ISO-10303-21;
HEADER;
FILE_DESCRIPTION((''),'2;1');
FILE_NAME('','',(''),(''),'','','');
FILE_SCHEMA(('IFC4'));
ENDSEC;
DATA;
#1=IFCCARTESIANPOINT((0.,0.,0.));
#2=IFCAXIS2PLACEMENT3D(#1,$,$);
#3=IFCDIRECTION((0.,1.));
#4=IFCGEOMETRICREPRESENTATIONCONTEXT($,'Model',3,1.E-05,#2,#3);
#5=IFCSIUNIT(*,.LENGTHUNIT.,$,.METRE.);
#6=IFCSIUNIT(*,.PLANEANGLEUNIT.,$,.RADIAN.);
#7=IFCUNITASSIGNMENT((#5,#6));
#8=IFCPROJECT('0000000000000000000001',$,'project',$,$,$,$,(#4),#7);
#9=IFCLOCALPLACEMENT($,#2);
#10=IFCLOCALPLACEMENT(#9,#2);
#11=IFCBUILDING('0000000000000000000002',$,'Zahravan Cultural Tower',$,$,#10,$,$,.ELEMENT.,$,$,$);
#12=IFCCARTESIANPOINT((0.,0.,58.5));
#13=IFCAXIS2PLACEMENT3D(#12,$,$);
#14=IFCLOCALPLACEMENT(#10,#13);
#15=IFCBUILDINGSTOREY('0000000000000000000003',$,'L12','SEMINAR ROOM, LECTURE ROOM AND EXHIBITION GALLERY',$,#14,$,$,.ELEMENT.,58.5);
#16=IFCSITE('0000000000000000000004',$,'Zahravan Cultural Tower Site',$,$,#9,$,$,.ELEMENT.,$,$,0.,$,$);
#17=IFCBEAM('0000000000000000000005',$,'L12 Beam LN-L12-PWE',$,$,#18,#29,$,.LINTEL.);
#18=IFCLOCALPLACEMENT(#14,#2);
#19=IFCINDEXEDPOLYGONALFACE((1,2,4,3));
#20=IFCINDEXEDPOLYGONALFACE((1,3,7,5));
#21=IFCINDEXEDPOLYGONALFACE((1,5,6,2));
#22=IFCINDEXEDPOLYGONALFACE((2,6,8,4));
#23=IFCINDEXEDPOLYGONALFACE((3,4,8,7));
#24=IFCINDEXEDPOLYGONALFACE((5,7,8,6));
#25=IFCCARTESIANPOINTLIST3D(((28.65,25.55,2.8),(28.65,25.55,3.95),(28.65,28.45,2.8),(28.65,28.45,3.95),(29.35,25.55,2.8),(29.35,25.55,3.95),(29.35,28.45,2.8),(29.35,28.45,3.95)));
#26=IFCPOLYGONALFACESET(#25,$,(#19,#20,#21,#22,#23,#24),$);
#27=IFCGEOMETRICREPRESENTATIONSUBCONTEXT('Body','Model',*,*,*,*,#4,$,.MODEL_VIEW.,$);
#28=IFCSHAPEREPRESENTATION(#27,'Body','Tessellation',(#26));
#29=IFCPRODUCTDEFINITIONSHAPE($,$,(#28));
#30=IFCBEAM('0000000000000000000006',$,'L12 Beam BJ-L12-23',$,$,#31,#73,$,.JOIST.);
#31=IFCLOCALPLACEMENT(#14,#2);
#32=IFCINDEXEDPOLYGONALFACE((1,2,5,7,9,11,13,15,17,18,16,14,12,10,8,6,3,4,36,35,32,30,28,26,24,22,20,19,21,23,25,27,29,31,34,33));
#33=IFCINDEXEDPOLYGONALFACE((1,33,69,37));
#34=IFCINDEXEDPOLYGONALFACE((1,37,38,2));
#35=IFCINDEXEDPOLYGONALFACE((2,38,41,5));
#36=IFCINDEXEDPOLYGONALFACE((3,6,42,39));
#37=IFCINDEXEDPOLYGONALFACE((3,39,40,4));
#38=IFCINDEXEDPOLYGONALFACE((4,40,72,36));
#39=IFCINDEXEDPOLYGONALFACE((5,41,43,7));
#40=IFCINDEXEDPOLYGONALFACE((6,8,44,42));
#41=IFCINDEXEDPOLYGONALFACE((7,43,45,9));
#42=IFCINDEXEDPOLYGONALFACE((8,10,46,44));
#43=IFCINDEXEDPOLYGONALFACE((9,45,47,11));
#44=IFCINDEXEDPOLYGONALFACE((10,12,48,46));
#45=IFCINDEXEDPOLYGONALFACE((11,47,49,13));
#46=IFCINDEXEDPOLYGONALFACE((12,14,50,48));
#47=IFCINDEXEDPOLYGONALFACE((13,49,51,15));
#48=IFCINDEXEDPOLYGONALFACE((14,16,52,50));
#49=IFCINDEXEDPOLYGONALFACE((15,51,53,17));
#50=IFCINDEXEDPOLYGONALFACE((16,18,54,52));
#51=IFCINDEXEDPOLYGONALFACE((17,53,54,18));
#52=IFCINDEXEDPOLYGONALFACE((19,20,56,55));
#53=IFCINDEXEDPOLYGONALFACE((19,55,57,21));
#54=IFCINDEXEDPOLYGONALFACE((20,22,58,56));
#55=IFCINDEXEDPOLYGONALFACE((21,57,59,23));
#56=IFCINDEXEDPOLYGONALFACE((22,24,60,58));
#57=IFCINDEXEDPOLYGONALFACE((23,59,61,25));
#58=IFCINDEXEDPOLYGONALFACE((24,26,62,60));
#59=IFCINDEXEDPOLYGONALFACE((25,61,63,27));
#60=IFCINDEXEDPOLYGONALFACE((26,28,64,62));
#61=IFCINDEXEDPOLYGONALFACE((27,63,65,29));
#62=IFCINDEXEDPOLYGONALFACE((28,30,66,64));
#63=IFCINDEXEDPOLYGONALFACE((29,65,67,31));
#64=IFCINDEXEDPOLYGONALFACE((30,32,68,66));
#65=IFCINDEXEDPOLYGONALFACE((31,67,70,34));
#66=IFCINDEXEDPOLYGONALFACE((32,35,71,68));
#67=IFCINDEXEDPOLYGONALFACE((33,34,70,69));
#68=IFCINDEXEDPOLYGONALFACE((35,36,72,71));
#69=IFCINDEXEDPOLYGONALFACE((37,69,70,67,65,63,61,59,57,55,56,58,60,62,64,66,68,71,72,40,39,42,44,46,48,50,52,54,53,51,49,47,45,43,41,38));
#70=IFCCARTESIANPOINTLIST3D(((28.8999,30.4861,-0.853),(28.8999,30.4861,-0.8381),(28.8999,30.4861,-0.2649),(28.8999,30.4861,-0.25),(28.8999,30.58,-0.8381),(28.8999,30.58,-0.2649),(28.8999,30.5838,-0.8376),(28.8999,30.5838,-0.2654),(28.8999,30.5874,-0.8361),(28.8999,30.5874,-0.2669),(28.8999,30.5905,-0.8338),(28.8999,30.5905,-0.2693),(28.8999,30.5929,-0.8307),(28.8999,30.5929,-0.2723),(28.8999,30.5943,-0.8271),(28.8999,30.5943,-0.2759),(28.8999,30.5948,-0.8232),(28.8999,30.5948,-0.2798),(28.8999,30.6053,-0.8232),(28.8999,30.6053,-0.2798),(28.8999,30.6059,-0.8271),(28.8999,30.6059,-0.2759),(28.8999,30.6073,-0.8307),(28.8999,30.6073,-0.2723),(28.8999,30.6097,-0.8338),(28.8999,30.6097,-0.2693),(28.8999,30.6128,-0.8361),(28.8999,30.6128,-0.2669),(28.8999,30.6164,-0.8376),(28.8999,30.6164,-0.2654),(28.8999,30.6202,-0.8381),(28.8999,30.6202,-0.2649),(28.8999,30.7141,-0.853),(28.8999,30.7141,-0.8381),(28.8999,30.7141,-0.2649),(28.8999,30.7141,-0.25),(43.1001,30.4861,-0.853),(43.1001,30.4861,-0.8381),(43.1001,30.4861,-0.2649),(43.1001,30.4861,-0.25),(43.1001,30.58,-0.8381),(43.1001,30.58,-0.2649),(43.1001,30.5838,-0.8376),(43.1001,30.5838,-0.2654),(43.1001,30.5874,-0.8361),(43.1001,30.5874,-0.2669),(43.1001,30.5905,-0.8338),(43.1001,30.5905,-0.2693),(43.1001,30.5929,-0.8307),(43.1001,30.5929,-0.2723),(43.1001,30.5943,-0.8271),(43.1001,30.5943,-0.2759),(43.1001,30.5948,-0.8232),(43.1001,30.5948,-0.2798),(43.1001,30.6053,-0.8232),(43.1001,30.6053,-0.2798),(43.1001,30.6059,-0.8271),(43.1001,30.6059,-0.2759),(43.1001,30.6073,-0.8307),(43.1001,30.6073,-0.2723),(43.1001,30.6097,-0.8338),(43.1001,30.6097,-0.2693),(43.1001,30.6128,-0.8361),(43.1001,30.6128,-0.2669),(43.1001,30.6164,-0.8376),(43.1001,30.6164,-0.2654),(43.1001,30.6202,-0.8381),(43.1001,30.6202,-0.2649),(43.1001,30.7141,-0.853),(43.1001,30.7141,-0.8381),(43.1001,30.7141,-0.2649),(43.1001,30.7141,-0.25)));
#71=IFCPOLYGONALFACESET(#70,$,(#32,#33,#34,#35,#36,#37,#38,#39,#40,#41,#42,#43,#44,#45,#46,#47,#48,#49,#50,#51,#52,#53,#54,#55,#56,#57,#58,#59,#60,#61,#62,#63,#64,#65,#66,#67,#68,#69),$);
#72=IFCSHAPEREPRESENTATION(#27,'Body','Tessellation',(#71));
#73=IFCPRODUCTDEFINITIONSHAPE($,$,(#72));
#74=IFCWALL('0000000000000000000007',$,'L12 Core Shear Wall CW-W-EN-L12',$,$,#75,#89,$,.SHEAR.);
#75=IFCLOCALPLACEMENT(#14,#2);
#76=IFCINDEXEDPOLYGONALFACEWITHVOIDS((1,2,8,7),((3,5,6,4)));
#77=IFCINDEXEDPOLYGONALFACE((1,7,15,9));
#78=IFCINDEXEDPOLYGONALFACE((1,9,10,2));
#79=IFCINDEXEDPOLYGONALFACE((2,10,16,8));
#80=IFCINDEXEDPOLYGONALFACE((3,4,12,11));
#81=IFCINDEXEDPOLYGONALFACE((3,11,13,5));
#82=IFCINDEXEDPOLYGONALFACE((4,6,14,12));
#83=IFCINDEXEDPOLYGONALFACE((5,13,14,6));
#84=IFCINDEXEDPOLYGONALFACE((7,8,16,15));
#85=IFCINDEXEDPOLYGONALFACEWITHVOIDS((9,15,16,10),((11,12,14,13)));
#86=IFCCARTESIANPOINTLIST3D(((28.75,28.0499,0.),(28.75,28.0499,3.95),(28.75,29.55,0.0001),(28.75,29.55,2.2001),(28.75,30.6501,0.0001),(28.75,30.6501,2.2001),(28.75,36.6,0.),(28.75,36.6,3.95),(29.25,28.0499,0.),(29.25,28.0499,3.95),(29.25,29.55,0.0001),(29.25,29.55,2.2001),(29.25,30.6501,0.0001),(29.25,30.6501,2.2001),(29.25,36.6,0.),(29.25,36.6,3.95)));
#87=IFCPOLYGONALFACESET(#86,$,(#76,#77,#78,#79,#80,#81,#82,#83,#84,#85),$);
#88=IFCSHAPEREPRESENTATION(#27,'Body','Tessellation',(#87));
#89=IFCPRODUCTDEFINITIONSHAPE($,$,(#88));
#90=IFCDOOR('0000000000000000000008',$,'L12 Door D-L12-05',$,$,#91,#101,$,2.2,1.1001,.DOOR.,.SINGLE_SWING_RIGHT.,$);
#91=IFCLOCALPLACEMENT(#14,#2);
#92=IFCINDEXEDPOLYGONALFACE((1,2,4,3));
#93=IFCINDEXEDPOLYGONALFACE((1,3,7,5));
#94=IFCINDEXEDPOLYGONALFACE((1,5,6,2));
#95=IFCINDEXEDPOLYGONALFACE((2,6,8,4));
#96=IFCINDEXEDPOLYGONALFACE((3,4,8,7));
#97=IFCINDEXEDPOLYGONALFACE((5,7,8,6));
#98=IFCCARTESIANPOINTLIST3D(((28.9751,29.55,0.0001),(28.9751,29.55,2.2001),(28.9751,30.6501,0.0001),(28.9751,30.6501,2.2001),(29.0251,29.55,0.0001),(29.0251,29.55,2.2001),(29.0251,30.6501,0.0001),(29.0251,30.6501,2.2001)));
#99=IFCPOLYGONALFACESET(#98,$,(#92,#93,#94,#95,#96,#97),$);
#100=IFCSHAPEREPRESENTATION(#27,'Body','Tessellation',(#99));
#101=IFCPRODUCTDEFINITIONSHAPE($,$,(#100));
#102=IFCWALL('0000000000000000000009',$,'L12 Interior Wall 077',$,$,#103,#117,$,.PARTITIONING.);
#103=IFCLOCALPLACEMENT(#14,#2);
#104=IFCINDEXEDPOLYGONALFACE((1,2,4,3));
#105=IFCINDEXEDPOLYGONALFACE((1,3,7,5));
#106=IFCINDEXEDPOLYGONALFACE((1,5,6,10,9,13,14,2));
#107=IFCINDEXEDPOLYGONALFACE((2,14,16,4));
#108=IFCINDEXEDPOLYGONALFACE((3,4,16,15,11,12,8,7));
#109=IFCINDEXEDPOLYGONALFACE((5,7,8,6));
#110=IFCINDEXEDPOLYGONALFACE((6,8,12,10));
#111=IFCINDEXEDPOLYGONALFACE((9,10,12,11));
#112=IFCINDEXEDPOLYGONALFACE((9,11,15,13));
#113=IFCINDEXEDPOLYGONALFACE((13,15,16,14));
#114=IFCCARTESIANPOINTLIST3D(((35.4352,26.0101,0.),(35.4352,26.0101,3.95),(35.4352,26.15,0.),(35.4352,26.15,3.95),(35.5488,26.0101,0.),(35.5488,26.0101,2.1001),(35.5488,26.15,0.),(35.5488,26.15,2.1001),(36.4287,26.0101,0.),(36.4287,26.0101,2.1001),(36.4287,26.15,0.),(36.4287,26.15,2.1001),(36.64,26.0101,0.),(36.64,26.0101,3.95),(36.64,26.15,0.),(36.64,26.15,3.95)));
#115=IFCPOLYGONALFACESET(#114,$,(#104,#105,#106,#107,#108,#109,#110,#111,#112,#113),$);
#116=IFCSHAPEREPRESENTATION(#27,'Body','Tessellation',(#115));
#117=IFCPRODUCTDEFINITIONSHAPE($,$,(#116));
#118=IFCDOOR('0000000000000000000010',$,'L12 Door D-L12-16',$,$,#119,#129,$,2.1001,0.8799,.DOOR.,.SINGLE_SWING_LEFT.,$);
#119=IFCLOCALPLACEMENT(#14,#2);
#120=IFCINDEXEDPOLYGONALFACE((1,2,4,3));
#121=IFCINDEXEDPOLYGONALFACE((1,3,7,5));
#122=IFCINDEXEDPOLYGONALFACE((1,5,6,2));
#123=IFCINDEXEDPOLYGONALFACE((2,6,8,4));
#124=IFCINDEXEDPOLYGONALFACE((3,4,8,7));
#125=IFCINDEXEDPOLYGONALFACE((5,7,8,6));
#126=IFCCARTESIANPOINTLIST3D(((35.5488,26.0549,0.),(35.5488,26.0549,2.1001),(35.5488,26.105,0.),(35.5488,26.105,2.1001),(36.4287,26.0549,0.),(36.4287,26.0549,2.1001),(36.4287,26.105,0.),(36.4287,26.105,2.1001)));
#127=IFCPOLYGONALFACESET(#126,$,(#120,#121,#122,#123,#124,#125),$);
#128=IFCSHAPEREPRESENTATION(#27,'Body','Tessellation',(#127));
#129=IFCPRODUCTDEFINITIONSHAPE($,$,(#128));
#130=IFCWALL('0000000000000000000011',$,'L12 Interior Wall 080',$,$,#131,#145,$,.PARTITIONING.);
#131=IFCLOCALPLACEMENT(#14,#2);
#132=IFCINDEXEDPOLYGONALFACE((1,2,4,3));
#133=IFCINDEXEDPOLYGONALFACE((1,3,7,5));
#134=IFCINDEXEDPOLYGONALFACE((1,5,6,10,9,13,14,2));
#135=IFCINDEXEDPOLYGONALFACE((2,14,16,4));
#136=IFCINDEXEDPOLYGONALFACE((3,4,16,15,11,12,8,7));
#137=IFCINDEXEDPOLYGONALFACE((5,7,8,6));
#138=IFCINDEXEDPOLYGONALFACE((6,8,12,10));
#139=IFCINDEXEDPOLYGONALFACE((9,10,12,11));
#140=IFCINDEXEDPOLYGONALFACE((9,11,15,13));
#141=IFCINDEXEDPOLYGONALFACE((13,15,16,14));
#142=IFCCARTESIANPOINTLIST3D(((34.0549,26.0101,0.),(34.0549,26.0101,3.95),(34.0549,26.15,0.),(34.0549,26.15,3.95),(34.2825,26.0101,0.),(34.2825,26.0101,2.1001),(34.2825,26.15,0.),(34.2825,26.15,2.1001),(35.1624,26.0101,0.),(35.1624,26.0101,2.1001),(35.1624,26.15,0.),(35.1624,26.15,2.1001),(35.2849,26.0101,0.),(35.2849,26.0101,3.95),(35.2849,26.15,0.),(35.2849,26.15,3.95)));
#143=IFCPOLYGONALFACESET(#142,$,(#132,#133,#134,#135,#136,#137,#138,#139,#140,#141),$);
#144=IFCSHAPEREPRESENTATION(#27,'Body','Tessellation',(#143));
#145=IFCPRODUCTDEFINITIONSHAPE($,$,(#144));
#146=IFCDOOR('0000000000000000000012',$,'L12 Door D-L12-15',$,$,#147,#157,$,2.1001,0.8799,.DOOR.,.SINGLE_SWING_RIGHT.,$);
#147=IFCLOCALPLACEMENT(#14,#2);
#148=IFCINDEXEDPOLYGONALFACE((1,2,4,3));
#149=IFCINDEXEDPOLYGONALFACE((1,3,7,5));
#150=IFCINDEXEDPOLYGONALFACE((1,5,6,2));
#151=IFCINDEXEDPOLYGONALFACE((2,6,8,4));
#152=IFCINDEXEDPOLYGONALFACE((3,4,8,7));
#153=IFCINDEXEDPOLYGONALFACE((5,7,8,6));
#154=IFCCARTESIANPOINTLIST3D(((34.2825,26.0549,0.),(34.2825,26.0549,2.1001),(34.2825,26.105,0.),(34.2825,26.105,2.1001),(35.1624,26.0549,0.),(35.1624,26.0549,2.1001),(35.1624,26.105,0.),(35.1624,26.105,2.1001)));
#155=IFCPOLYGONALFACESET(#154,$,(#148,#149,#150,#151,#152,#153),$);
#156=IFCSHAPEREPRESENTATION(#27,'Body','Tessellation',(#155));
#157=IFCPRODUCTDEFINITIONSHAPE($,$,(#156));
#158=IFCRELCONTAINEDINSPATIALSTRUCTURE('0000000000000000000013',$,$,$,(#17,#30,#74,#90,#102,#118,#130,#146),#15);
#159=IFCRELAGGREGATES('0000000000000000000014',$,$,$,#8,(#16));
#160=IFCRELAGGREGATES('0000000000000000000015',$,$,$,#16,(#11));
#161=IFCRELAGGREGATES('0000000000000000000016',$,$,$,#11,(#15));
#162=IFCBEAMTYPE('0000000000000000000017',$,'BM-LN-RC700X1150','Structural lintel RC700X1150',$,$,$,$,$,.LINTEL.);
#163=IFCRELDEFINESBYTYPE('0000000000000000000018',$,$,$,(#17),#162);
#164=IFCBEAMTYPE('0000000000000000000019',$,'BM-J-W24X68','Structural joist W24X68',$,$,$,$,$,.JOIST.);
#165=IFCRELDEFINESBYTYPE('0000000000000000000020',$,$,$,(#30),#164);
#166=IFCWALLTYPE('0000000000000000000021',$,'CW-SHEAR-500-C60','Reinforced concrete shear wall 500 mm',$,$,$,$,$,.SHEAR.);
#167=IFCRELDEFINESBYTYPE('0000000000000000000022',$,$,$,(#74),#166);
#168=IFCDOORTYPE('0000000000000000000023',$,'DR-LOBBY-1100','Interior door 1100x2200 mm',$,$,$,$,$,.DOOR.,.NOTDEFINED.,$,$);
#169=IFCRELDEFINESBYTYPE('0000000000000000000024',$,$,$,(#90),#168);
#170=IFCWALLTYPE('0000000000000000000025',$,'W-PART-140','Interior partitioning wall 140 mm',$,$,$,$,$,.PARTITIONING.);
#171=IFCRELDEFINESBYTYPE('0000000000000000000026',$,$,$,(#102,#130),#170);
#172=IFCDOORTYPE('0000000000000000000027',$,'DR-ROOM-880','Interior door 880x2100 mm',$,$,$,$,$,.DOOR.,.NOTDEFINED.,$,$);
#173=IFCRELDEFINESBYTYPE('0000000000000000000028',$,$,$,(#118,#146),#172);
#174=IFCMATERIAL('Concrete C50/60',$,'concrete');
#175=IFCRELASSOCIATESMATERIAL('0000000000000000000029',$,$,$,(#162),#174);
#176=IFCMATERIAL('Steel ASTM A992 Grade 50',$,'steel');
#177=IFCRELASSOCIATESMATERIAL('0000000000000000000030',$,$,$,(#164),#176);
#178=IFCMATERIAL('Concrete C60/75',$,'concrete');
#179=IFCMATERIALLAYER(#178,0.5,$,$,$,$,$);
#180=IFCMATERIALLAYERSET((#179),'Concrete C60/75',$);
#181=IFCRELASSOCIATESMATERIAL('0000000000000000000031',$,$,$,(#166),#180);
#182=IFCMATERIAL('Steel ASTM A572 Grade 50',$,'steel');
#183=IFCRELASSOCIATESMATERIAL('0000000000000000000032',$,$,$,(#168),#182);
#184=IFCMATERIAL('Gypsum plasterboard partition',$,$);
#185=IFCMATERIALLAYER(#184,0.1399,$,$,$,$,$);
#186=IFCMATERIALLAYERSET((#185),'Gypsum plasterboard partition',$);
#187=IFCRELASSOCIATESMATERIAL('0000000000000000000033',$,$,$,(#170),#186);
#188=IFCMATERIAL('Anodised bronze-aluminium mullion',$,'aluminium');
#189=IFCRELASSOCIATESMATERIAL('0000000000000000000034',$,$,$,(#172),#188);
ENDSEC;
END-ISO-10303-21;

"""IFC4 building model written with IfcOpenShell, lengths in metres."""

from ifc_helpers import new_model, si_unit, direction, frame, frame_2d, origin, origin_2d, place, context, subcontext, project, spatial, rectangle, i_section, extrude, source, transform, mapped, material, layer, layer_set, material_profile, profile_set, type_object, element, fill, save


model = new_model("IFC4")

# Units and contexts
model_context = context("Model", 3, precision=1e-05, world=origin(), true_north=direction((0.0, 1.0)))
body_context = subcontext(model_context, "Body", "Model", "MODEL_VIEW")
ifc_project = project(units=[si_unit("LENGTHUNIT", "METRE"), si_unit("PLANEANGLEUNIT", "RADIAN")], contexts=[model_context])

# Site, building, storey
site_placement = place(None, origin())
site = spatial("IfcSite", under=ifc_project, at=site_placement, Name="Zahravan Cultural Tower Site", CompositionType="ELEMENT", RefElevation=0.0)
building_placement = place(site_placement, origin())
building = spatial("IfcBuilding", under=site, at=building_placement, Name="Zahravan Cultural Tower", CompositionType="ELEMENT")
storey_placement = place(building_placement, frame((0.0, 0.0, 58.5)))
storey = spatial("IfcBuildingStorey", under=building, at=storey_placement, Name="L12", Description="SEMINAR ROOM, LECTURE ROOM AND EXHIBITION GALLERY", CompositionType="ELEMENT", Elevation=58.5)

# Beams
ifc_material_1 = material(Name="Concrete C50/60", Category="concrete")
ifc_material_profile_1 = material_profile(ifc_material_1, rectangle(XDim=0.7, YDim=1.1499, at=origin_2d()), Name="RC700X1150")
ifc_profile_set_1 = profile_set([ifc_material_profile_1], Name="Concrete C50/60")
beam_type_1 = type_object("IfcBeamType", Name="BM-LN-RC700X1150", Description="Structural lintel RC700X1150", PredefinedType="LINTEL", material=ifc_profile_set_1)
shared_shape_1 = source(origin(), body_context, "Body", "SweptSolid", [
    extrude(rectangle(XDim=0.7, YDim=1.1499, at=origin_2d()), origin(), (0.0, 0.0, 1.0), 2.8999),
])
beam_1_placement = place(storey_placement, frame((29.0, 25.55, 3.375), z_axis=(0.0, 1.0, 0.0), x_axis=(-1.0, 0.0, 0.0)))
element("IfcBeam", 1, at=beam_1_placement, inside=storey, type_object=beam_type_1, Name="L12 Beam LN-L12-PWE", PredefinedType="LINTEL", context=body_context, shape_type="MappedRepresentation", body=[
    mapped(shared_shape_1, transform((0.0, 0.0, 0.0), x_axis=(1.0, 0.0, 0.0), y_axis=(0.0, 1.0, 0.0), z_axis=(0.0, 0.0, 1.0), scale=1.0)),
])
ifc_material_2 = material(Name="Steel ASTM A992 Grade 50", Category="steel")
ifc_material_profile_2 = material_profile(ifc_material_2, i_section(OverallWidth=0.228, OverallDepth=0.603, WebThickness=0.0105, FlangeThickness=0.0149, FilletRadius=0.0149, at=origin_2d()), Name="W24X68")
ifc_profile_set_2 = profile_set([ifc_material_profile_2], Name="Steel ASTM A992 Grade 50")
beam_type_2 = type_object("IfcBeamType", Name="BM-J-W24X68", Description="Structural joist W24X68", PredefinedType="JOIST", material=ifc_profile_set_2)
shared_shape_2 = source(origin(), body_context, "Body", "SweptSolid", [
    extrude(i_section(OverallWidth=0.228, OverallDepth=0.603, WebThickness=0.0105, FlangeThickness=0.0149, FilletRadius=0.0149, at=origin_2d()), origin(), (0.0, 0.0, 1.0), 14.2002),
])
beam_2_placement = place(storey_placement, frame((28.8999, 30.6001, -0.5515), z_axis=(1.0, 0.0, 0.0), x_axis=(0.0, 1.0, 0.0)))
element("IfcBeam", 2, at=beam_2_placement, inside=storey, type_object=beam_type_2, Name="L12 Beam BJ-L12-23", PredefinedType="JOIST", context=body_context, shape_type="MappedRepresentation", body=[
    mapped(shared_shape_2, transform((0.0, 0.0, 0.0), x_axis=(1.0, 0.0, 0.0), y_axis=(0.0, 1.0, 0.0), z_axis=(0.0, 0.0, 1.0), scale=1.0)),
])

# Walls, openings, doors
ifc_material_3 = material(Name="Concrete C60/75", Category="concrete")
ifc_layer_1 = layer(ifc_material_3, 0.5)
ifc_layer_set_1 = layer_set([ifc_layer_1], Name="Concrete C60/75")
wall_type_1 = type_object("IfcWallType", Name="CW-SHEAR-500-C60", Description="Reinforced concrete shear wall 500 mm", PredefinedType="SHEAR", material=ifc_layer_set_1)
wall_1_placement = place(storey_placement, frame((29.0, 28.05, 0.0), z_axis=(0.0, 0.0, 1.0), x_axis=(0.0, 1.0, 0.0)))
wall_1 = element("IfcWall", 3, at=wall_1_placement, inside=storey, type_object=wall_type_1, Name="L12 Core Shear Wall CW-W-EN-L12", PredefinedType="SHEAR", context=body_context, shape_type="SweptSolid", body=[
    extrude(rectangle(XDim=8.55, YDim=0.5, at=frame_2d((4.2749, 0.0))), origin(), (0.0, 0.0, 1.0), 3.95),
])
opening_1_placement = place(wall_1_placement, frame((1.5, 0.0, 0.0)))
opening_1 = element("IfcOpeningElement", 4, at=opening_1_placement, cuts=wall_1, PredefinedType="OPENING", context=body_context, shape_type="SweptSolid", body=[
    extrude(rectangle(XDim=1.1001, YDim=2.2, at=frame_2d((0.55, 1.1001))), frame((0.0, 0.26, 0.0), z_axis=(0.0, -1.0, 0.0), x_axis=(1.0, 0.0, 0.0)), (0.0, 0.0, 1.0), 0.52),
])
ifc_material_4 = material(Name="Steel ASTM A572 Grade 50", Category="steel")
door_type_1 = type_object("IfcDoorType", Name="DR-LOBBY-1100", Description="Interior door 1100x2200 mm", OperationType="NOTDEFINED", PredefinedType="DOOR", material=ifc_material_4)
shared_shape_3 = source(origin(), body_context, "Body", "SweptSolid", [
    extrude(rectangle(XDim=1.1001, YDim=2.2, at=frame_2d((0.55, 1.1001))), frame((0.0, 0.0249, 0.0), z_axis=(0.0, -1.0, 0.0), x_axis=(1.0, 0.0, 0.0)), (0.0, 0.0, 1.0), 0.05),
])
door_1_placement = place(opening_1_placement, origin())
door_1 = element("IfcDoor", 5, at=door_1_placement, inside=storey, type_object=door_type_1, Name="L12 Door D-L12-05", OperationType="SINGLE_SWING_RIGHT", OverallHeight=2.2, OverallWidth=1.1001, PredefinedType="DOOR", context=body_context, shape_type="MappedRepresentation", body=[
    mapped(shared_shape_3, transform((0.0, 0.0, 0.0), x_axis=(1.0, 0.0, 0.0), y_axis=(0.0, 1.0, 0.0), z_axis=(0.0, 0.0, 1.0), scale=1.0)),
])
fill(opening_1, door_1)
ifc_material_5 = material(Name="Gypsum plasterboard partition")
ifc_layer_2 = layer(ifc_material_5, 0.1399)
ifc_layer_set_2 = layer_set([ifc_layer_2], Name="Gypsum plasterboard partition")
wall_type_2 = type_object("IfcWallType", Name="W-PART-140", Description="Interior partitioning wall 140 mm", PredefinedType="PARTITIONING", material=ifc_layer_set_2)
wall_2_placement = place(storey_placement, frame((35.4351, 26.0801, 0.0), z_axis=(0.0, 0.0, 1.0), x_axis=(1.0, 0.0, 0.0)))
wall_2 = element("IfcWall", 6, at=wall_2_placement, inside=storey, type_object=wall_type_2, Name="L12 Interior Wall 077", PredefinedType="PARTITIONING", context=body_context, shape_type="SweptSolid", body=[
    extrude(rectangle(XDim=1.2048, YDim=0.1399, at=frame_2d((0.6025, 0.0))), origin(), (0.0, 0.0, 1.0), 3.95),
])
opening_2_placement = place(wall_2_placement, frame((0.1138, 0.0, 0.0)))
opening_2 = element("IfcOpeningElement", 7, at=opening_2_placement, cuts=wall_2, PredefinedType="OPENING", context=body_context, shape_type="SweptSolid", body=[
    extrude(rectangle(XDim=0.8799, YDim=2.1001, at=frame_2d((0.4399, 1.05))), frame((0.0, 0.0798, 0.0), z_axis=(0.0, -1.0, 0.0), x_axis=(1.0, 0.0, 0.0)), (0.0, 0.0, 1.0), 0.1599),
])
ifc_material_6 = material(Name="Anodised bronze-aluminium mullion", Category="aluminium")
door_type_2 = type_object("IfcDoorType", Name="DR-ROOM-880", Description="Interior door 880x2100 mm", OperationType="NOTDEFINED", PredefinedType="DOOR", material=ifc_material_6)
shared_shape_4 = source(origin(), body_context, "Body", "SweptSolid", [
    extrude(rectangle(XDim=0.8799, YDim=2.1001, at=frame_2d((0.4399, 1.05))), frame((0.0, 0.0249, 0.0), z_axis=(0.0, -1.0, 0.0), x_axis=(1.0, 0.0, 0.0)), (0.0, 0.0, 1.0), 0.05),
])
door_2_placement = place(opening_2_placement, origin())
door_2 = element("IfcDoor", 8, at=door_2_placement, inside=storey, type_object=door_type_2, Name="L12 Door D-L12-16", OperationType="SINGLE_SWING_LEFT", OverallHeight=2.1001, OverallWidth=0.8799, PredefinedType="DOOR", context=body_context, shape_type="MappedRepresentation", body=[
    mapped(shared_shape_4, transform((0.0, 0.0, 0.0), x_axis=(1.0, 0.0, 0.0), y_axis=(0.0, 1.0, 0.0), z_axis=(0.0, 0.0, 1.0), scale=1.0)),
])
fill(opening_2, door_2)
wall_3_placement = place(storey_placement, frame((34.0549, 26.0801, 0.0), z_axis=(0.0, 0.0, 1.0), x_axis=(1.0, 0.0, 0.0)))
wall_3 = element("IfcWall", 9, at=wall_3_placement, inside=storey, type_object=wall_type_2, Name="L12 Interior Wall 080", PredefinedType="PARTITIONING", context=body_context, shape_type="SweptSolid", body=[
    extrude(rectangle(XDim=1.23, YDim=0.1399, at=frame_2d((0.615, 0.0))), origin(), (0.0, 0.0, 1.0), 3.95),
])
opening_3_placement = place(wall_3_placement, frame((0.2275, 0.0, 0.0)))
opening_3 = element("IfcOpeningElement", 10, at=opening_3_placement, cuts=wall_3, PredefinedType="OPENING", context=body_context, shape_type="SweptSolid", body=[
    extrude(rectangle(XDim=0.8799, YDim=2.1001, at=frame_2d((0.4399, 1.05))), frame((0.0, 0.0798, 0.0), z_axis=(0.0, -1.0, 0.0), x_axis=(1.0, 0.0, 0.0)), (0.0, 0.0, 1.0), 0.1599),
])
door_3_placement = place(opening_3_placement, origin())
door_3 = element("IfcDoor", 11, at=door_3_placement, inside=storey, type_object=door_type_2, Name="L12 Door D-L12-15", OperationType="SINGLE_SWING_RIGHT", OverallHeight=2.1001, OverallWidth=0.8799, PredefinedType="DOOR", context=body_context, shape_type="MappedRepresentation", body=[
    mapped(shared_shape_4, transform((0.0, 0.0, 0.0), x_axis=(1.0, 0.0, 0.0), y_axis=(0.0, 1.0, 0.0), z_axis=(0.0, 0.0, 1.0), scale=1.0)),
])
fill(opening_3, door_3)

save(model, "model.ifc")
